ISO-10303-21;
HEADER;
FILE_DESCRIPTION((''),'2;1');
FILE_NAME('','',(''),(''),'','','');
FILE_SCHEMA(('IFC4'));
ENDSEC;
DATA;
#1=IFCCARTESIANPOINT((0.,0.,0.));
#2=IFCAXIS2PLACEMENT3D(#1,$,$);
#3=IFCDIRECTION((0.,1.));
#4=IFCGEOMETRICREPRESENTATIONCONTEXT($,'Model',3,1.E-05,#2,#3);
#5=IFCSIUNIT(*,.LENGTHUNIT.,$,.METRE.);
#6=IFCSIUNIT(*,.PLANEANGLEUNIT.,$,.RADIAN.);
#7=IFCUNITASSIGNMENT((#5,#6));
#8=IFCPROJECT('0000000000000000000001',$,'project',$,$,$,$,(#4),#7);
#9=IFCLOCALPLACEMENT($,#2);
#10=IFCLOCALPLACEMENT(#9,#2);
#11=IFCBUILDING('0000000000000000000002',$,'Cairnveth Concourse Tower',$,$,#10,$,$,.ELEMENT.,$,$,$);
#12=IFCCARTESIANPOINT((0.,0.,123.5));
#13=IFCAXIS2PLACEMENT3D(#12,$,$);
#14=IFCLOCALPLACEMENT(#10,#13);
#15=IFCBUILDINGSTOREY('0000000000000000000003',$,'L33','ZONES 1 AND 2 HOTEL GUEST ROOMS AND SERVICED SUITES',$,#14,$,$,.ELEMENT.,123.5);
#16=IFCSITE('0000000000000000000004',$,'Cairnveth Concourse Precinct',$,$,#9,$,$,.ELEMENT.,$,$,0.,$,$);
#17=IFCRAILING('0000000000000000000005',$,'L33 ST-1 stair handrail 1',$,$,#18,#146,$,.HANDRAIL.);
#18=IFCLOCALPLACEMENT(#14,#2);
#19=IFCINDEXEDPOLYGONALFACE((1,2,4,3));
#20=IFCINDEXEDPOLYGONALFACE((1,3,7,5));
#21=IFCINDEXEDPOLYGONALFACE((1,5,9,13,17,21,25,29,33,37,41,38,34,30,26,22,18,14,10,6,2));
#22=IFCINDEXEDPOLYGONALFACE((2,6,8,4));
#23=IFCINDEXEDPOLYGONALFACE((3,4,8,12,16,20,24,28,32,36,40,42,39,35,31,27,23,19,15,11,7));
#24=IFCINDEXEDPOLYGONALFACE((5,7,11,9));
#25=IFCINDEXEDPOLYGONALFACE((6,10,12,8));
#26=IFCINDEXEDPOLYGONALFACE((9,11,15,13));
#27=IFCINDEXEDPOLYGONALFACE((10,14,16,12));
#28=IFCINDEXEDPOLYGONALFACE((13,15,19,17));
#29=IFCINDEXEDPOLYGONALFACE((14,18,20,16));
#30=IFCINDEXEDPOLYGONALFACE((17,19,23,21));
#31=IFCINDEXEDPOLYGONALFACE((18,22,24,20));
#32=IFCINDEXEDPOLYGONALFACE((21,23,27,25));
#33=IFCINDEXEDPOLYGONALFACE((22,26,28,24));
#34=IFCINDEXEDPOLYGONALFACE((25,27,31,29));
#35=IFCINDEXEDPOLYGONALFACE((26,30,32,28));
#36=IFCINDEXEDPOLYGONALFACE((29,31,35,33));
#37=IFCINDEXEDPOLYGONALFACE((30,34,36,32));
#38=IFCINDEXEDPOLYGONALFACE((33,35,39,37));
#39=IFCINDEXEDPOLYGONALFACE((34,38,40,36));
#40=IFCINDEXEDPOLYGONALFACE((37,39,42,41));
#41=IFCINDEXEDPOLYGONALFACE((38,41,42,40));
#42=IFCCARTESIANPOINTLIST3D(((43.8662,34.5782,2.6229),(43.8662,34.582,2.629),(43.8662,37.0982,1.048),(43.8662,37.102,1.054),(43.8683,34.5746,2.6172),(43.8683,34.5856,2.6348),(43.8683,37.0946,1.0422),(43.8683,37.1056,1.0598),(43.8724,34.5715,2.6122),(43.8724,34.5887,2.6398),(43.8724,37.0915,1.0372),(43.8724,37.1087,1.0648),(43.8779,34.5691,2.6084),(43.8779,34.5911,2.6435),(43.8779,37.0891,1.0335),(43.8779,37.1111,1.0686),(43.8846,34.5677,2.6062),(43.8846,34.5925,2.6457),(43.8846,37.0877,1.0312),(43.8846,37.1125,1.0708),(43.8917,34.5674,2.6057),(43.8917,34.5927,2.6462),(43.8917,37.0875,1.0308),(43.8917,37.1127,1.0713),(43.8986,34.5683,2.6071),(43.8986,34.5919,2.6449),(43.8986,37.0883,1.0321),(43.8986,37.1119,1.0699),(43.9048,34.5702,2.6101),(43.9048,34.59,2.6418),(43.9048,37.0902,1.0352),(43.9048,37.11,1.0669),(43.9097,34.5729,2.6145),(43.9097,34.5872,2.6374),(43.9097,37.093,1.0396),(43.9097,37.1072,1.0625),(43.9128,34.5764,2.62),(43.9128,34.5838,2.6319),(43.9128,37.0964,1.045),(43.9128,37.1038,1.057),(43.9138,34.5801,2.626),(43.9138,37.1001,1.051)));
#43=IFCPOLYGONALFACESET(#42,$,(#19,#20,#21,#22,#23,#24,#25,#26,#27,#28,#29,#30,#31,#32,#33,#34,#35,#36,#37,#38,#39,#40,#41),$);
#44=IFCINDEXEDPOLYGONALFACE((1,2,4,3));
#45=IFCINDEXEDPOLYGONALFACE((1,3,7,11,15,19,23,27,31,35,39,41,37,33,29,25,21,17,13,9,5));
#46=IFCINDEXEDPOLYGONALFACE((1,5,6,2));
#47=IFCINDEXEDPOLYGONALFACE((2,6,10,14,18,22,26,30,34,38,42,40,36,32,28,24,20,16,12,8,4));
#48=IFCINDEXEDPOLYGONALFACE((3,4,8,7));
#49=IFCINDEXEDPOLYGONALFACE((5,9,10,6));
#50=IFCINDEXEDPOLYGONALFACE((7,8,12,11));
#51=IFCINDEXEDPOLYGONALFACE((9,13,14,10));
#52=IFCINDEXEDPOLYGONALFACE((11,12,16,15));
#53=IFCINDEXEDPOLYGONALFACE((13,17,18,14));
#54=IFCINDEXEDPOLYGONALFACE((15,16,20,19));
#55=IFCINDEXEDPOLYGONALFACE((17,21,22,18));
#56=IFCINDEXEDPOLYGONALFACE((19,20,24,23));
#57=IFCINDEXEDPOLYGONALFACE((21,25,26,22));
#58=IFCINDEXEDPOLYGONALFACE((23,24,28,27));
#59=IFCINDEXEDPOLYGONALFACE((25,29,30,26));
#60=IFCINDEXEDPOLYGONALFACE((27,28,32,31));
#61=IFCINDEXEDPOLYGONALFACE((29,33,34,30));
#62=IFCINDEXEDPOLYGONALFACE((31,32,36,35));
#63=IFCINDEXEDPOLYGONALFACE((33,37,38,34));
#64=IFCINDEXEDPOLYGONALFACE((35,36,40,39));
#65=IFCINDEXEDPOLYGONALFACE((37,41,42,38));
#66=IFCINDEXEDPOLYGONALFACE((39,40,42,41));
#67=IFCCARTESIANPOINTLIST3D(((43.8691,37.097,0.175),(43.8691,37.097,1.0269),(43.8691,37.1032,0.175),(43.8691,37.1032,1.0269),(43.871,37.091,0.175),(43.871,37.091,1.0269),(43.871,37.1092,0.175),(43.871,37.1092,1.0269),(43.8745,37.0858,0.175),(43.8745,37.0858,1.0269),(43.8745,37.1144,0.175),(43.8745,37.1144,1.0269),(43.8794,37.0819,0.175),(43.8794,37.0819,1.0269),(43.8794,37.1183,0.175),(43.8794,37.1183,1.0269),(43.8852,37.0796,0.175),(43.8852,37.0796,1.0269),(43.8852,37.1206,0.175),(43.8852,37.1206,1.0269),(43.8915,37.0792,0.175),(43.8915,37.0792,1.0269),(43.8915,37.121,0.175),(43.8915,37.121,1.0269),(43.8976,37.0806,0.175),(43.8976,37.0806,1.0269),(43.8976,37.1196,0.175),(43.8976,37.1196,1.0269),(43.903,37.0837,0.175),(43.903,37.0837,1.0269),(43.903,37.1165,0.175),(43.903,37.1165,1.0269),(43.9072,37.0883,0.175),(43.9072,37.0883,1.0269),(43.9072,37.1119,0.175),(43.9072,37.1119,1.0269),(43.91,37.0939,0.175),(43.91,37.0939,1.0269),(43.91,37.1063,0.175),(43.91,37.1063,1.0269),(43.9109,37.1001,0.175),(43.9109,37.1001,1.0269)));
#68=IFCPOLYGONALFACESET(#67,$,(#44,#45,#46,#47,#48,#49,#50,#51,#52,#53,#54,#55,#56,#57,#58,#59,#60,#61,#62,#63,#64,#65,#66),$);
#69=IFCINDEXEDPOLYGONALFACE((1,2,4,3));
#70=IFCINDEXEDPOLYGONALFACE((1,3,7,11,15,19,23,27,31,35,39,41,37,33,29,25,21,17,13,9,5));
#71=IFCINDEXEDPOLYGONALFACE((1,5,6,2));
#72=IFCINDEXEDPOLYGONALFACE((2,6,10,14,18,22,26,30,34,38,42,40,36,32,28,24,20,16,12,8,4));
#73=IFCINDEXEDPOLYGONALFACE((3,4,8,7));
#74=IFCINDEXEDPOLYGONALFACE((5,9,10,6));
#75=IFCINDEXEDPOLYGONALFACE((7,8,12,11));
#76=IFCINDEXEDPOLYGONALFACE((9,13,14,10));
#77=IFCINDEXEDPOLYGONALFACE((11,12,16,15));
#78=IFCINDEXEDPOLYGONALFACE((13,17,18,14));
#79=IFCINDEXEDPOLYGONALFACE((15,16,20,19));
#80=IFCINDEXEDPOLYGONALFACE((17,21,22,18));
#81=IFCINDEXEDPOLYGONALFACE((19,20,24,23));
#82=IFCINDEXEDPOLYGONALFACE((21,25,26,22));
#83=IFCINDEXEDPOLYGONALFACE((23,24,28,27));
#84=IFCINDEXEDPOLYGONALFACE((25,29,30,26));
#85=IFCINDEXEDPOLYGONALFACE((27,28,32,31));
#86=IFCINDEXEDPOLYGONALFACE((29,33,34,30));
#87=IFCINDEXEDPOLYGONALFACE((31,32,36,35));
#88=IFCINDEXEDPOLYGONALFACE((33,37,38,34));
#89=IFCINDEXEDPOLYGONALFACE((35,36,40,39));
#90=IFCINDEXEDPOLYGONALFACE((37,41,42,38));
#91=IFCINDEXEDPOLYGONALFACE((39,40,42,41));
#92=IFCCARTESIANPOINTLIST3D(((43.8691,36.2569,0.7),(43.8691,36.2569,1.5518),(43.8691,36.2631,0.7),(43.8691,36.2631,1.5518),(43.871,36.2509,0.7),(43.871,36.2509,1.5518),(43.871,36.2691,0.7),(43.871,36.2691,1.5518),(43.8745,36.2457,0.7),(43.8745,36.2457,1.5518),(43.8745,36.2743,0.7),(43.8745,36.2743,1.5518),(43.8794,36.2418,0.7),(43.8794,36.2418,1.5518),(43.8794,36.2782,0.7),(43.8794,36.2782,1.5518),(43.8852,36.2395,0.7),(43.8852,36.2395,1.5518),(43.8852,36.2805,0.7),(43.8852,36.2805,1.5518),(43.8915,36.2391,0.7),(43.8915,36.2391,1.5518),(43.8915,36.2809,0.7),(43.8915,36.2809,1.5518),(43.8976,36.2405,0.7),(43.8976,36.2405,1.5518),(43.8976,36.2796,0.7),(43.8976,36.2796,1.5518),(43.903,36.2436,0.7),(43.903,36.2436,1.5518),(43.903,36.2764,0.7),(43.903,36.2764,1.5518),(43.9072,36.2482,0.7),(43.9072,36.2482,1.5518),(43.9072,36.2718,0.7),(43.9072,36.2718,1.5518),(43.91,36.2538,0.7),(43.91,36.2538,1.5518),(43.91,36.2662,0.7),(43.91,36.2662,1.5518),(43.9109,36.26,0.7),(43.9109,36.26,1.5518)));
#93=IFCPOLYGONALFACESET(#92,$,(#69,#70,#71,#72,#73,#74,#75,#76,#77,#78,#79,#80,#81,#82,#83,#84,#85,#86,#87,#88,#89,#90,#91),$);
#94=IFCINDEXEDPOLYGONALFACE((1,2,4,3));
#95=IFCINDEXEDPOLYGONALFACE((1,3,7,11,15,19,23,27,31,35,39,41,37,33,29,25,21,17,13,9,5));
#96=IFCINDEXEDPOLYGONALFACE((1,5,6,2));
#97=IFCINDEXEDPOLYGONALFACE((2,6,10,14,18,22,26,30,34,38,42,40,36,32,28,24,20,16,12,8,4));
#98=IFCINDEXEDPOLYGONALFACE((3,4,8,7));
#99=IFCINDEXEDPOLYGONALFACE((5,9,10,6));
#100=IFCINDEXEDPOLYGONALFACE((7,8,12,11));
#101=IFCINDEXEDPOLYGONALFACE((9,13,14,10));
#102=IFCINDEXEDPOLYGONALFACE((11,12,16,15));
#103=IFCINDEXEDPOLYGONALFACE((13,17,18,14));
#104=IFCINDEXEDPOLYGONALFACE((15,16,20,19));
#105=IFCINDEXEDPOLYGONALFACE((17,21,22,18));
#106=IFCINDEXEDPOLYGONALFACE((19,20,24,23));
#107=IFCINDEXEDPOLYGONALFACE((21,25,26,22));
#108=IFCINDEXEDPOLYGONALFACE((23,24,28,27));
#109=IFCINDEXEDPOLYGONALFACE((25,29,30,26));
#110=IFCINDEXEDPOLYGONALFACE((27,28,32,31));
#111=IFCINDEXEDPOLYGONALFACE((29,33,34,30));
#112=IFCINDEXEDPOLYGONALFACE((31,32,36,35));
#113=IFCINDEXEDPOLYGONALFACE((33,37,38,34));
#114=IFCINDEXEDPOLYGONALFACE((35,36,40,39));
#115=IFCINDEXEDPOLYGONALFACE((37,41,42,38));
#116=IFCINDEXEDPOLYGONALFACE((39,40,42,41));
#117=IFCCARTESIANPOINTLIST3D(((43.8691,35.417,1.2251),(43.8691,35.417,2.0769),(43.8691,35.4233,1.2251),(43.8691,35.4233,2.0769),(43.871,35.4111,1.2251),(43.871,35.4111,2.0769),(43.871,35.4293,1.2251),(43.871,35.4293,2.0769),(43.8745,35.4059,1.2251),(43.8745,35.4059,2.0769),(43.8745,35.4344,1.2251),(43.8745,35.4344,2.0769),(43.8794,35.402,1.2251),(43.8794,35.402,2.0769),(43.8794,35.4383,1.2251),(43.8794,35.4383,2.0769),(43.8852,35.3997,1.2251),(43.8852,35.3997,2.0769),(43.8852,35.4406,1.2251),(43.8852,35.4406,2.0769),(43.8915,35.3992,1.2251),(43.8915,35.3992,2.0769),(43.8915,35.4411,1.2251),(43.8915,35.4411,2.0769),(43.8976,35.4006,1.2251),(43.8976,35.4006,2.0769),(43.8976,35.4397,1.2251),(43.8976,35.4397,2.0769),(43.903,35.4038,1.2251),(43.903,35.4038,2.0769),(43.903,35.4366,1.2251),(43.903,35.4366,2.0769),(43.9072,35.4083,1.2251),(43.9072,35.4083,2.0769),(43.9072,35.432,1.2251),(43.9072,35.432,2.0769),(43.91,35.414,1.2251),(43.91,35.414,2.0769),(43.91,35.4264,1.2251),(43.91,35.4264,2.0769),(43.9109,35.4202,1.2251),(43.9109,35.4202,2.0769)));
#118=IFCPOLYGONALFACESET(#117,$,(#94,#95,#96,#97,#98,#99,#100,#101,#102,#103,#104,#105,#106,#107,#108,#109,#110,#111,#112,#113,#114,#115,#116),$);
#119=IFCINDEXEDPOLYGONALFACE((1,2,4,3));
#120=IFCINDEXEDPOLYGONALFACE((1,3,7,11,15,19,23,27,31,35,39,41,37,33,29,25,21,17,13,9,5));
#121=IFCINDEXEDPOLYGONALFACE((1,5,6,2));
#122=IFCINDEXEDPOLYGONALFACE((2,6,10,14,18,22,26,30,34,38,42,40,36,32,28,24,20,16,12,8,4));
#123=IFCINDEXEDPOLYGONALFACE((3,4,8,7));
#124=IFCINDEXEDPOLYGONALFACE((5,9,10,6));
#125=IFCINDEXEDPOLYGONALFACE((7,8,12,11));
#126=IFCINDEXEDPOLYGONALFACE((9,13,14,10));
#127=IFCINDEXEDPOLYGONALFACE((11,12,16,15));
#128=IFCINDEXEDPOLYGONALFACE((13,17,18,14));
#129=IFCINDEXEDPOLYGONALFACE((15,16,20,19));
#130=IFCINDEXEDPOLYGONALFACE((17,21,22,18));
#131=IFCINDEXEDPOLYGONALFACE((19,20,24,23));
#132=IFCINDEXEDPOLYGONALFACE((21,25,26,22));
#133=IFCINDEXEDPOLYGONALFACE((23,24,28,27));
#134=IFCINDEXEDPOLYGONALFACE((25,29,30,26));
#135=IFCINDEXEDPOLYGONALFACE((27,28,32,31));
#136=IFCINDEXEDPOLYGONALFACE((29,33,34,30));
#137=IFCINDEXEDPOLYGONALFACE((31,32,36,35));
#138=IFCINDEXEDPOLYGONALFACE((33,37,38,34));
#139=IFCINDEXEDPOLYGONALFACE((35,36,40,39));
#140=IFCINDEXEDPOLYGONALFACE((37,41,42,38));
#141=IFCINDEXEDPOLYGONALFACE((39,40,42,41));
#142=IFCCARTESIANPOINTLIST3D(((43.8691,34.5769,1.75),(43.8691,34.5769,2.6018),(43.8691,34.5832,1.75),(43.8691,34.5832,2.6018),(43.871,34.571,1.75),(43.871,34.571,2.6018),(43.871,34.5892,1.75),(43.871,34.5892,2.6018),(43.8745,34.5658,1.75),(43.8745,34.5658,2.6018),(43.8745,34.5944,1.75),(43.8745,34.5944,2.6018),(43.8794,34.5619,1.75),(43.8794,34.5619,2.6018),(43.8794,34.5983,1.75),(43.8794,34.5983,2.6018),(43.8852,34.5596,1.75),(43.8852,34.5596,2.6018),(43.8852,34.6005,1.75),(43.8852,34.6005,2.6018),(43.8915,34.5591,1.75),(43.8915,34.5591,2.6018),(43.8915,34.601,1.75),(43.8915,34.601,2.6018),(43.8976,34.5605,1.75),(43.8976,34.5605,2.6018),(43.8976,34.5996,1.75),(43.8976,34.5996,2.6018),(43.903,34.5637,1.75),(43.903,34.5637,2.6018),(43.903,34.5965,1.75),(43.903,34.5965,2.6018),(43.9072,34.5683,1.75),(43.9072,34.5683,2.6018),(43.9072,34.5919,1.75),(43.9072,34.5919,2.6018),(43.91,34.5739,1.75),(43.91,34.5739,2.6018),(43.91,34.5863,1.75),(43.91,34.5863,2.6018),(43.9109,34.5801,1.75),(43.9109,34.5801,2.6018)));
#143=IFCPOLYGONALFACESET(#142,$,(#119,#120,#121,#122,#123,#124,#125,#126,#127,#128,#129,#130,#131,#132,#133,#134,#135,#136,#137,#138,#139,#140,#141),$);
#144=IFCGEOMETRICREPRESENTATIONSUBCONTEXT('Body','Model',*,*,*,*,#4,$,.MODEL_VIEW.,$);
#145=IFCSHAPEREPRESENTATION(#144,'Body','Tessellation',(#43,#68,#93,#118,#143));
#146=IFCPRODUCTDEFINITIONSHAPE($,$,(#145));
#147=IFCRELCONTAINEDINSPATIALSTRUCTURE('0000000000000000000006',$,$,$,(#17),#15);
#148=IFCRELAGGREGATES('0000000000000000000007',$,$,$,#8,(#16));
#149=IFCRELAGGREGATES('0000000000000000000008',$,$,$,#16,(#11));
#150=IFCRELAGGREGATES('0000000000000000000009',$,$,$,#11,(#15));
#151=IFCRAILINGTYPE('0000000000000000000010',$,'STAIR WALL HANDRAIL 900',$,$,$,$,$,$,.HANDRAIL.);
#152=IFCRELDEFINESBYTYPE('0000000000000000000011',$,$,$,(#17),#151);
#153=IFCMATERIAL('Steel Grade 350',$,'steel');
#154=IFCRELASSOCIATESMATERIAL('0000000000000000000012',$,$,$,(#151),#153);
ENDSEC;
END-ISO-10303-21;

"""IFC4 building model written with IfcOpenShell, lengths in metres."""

from ifc_helpers import new_model, si_unit, direction, frame, origin, origin_2d, place, context, subcontext, project, spatial, circle, extrude, material, type_object, element, save


model = new_model("IFC4")

# Units and contexts
model_context = context("Model", 3, precision=1e-05, world=origin(), true_north=direction((0.0, 1.0)))
body_context = subcontext(model_context, "Body", "Model", "MODEL_VIEW")
ifc_project = project(units=[si_unit("LENGTHUNIT", "METRE"), si_unit("PLANEANGLEUNIT", "RADIAN")], contexts=[model_context])

# Site, building, storey
site_placement = place(None, origin())
site = spatial("IfcSite", under=ifc_project, at=site_placement, Name="Cairnveth Concourse Precinct", CompositionType="ELEMENT", RefElevation=0.0)
building_placement = place(site_placement, origin())
building = spatial("IfcBuilding", under=site, at=building_placement, Name="Cairnveth Concourse Tower", CompositionType="ELEMENT")
storey_placement = place(building_placement, frame((0.0, 0.0, 123.5)))
storey = spatial("IfcBuildingStorey", under=building, at=storey_placement, Name="L33", Description="ZONES 1 AND 2 HOTEL GUEST ROOMS AND SERVICED SUITES", CompositionType="ELEMENT", Elevation=123.5)

# Shared definitions
ifc_material_1 = material(Name="Steel Grade 350", Category="steel")

# Railing
railing_type_1 = type_object("IfcRailingType", Name="STAIR WALL HANDRAIL 900", PredefinedType="HANDRAIL", material=ifc_material_1)
railing_1_placement = place(storey_placement, frame((43.8899, 37.1001, 0.175)))
element("IfcRailing", 1, at=railing_1_placement, inside=storey, type_object=railing_type_1, Name="L33 ST-1 stair handrail 1", PredefinedType="HANDRAIL", context=body_context, shape_type="SweptSolid", body=[
    extrude(circle(Radius=0.0239, at=origin_2d()), frame((0.0, 0.0, 0.876), z_axis=(0.0, -0.848008, 0.529984), x_axis=(1.0, 0.0, 0.0)), (0.0, 0.0, 1.0), 2.9717),
    extrude(circle(Radius=0.021, at=origin_2d()), origin(), (0.0, 0.0, 1.0), 0.8518),
    extrude(circle(Radius=0.021, at=origin_2d()), frame((0.0, -0.8401, 0.5249)), (0.0, 0.0, 1.0), 0.8518),
    extrude(circle(Radius=0.021, at=origin_2d()), frame((0.0, -1.6799, 1.05)), (0.0, 0.0, 1.0), 0.8518),
    extrude(circle(Radius=0.021, at=origin_2d()), frame((0.0, -2.52, 1.575)), (0.0, 0.0, 1.0), 0.8518),
])

save(model, "model.ifc")
